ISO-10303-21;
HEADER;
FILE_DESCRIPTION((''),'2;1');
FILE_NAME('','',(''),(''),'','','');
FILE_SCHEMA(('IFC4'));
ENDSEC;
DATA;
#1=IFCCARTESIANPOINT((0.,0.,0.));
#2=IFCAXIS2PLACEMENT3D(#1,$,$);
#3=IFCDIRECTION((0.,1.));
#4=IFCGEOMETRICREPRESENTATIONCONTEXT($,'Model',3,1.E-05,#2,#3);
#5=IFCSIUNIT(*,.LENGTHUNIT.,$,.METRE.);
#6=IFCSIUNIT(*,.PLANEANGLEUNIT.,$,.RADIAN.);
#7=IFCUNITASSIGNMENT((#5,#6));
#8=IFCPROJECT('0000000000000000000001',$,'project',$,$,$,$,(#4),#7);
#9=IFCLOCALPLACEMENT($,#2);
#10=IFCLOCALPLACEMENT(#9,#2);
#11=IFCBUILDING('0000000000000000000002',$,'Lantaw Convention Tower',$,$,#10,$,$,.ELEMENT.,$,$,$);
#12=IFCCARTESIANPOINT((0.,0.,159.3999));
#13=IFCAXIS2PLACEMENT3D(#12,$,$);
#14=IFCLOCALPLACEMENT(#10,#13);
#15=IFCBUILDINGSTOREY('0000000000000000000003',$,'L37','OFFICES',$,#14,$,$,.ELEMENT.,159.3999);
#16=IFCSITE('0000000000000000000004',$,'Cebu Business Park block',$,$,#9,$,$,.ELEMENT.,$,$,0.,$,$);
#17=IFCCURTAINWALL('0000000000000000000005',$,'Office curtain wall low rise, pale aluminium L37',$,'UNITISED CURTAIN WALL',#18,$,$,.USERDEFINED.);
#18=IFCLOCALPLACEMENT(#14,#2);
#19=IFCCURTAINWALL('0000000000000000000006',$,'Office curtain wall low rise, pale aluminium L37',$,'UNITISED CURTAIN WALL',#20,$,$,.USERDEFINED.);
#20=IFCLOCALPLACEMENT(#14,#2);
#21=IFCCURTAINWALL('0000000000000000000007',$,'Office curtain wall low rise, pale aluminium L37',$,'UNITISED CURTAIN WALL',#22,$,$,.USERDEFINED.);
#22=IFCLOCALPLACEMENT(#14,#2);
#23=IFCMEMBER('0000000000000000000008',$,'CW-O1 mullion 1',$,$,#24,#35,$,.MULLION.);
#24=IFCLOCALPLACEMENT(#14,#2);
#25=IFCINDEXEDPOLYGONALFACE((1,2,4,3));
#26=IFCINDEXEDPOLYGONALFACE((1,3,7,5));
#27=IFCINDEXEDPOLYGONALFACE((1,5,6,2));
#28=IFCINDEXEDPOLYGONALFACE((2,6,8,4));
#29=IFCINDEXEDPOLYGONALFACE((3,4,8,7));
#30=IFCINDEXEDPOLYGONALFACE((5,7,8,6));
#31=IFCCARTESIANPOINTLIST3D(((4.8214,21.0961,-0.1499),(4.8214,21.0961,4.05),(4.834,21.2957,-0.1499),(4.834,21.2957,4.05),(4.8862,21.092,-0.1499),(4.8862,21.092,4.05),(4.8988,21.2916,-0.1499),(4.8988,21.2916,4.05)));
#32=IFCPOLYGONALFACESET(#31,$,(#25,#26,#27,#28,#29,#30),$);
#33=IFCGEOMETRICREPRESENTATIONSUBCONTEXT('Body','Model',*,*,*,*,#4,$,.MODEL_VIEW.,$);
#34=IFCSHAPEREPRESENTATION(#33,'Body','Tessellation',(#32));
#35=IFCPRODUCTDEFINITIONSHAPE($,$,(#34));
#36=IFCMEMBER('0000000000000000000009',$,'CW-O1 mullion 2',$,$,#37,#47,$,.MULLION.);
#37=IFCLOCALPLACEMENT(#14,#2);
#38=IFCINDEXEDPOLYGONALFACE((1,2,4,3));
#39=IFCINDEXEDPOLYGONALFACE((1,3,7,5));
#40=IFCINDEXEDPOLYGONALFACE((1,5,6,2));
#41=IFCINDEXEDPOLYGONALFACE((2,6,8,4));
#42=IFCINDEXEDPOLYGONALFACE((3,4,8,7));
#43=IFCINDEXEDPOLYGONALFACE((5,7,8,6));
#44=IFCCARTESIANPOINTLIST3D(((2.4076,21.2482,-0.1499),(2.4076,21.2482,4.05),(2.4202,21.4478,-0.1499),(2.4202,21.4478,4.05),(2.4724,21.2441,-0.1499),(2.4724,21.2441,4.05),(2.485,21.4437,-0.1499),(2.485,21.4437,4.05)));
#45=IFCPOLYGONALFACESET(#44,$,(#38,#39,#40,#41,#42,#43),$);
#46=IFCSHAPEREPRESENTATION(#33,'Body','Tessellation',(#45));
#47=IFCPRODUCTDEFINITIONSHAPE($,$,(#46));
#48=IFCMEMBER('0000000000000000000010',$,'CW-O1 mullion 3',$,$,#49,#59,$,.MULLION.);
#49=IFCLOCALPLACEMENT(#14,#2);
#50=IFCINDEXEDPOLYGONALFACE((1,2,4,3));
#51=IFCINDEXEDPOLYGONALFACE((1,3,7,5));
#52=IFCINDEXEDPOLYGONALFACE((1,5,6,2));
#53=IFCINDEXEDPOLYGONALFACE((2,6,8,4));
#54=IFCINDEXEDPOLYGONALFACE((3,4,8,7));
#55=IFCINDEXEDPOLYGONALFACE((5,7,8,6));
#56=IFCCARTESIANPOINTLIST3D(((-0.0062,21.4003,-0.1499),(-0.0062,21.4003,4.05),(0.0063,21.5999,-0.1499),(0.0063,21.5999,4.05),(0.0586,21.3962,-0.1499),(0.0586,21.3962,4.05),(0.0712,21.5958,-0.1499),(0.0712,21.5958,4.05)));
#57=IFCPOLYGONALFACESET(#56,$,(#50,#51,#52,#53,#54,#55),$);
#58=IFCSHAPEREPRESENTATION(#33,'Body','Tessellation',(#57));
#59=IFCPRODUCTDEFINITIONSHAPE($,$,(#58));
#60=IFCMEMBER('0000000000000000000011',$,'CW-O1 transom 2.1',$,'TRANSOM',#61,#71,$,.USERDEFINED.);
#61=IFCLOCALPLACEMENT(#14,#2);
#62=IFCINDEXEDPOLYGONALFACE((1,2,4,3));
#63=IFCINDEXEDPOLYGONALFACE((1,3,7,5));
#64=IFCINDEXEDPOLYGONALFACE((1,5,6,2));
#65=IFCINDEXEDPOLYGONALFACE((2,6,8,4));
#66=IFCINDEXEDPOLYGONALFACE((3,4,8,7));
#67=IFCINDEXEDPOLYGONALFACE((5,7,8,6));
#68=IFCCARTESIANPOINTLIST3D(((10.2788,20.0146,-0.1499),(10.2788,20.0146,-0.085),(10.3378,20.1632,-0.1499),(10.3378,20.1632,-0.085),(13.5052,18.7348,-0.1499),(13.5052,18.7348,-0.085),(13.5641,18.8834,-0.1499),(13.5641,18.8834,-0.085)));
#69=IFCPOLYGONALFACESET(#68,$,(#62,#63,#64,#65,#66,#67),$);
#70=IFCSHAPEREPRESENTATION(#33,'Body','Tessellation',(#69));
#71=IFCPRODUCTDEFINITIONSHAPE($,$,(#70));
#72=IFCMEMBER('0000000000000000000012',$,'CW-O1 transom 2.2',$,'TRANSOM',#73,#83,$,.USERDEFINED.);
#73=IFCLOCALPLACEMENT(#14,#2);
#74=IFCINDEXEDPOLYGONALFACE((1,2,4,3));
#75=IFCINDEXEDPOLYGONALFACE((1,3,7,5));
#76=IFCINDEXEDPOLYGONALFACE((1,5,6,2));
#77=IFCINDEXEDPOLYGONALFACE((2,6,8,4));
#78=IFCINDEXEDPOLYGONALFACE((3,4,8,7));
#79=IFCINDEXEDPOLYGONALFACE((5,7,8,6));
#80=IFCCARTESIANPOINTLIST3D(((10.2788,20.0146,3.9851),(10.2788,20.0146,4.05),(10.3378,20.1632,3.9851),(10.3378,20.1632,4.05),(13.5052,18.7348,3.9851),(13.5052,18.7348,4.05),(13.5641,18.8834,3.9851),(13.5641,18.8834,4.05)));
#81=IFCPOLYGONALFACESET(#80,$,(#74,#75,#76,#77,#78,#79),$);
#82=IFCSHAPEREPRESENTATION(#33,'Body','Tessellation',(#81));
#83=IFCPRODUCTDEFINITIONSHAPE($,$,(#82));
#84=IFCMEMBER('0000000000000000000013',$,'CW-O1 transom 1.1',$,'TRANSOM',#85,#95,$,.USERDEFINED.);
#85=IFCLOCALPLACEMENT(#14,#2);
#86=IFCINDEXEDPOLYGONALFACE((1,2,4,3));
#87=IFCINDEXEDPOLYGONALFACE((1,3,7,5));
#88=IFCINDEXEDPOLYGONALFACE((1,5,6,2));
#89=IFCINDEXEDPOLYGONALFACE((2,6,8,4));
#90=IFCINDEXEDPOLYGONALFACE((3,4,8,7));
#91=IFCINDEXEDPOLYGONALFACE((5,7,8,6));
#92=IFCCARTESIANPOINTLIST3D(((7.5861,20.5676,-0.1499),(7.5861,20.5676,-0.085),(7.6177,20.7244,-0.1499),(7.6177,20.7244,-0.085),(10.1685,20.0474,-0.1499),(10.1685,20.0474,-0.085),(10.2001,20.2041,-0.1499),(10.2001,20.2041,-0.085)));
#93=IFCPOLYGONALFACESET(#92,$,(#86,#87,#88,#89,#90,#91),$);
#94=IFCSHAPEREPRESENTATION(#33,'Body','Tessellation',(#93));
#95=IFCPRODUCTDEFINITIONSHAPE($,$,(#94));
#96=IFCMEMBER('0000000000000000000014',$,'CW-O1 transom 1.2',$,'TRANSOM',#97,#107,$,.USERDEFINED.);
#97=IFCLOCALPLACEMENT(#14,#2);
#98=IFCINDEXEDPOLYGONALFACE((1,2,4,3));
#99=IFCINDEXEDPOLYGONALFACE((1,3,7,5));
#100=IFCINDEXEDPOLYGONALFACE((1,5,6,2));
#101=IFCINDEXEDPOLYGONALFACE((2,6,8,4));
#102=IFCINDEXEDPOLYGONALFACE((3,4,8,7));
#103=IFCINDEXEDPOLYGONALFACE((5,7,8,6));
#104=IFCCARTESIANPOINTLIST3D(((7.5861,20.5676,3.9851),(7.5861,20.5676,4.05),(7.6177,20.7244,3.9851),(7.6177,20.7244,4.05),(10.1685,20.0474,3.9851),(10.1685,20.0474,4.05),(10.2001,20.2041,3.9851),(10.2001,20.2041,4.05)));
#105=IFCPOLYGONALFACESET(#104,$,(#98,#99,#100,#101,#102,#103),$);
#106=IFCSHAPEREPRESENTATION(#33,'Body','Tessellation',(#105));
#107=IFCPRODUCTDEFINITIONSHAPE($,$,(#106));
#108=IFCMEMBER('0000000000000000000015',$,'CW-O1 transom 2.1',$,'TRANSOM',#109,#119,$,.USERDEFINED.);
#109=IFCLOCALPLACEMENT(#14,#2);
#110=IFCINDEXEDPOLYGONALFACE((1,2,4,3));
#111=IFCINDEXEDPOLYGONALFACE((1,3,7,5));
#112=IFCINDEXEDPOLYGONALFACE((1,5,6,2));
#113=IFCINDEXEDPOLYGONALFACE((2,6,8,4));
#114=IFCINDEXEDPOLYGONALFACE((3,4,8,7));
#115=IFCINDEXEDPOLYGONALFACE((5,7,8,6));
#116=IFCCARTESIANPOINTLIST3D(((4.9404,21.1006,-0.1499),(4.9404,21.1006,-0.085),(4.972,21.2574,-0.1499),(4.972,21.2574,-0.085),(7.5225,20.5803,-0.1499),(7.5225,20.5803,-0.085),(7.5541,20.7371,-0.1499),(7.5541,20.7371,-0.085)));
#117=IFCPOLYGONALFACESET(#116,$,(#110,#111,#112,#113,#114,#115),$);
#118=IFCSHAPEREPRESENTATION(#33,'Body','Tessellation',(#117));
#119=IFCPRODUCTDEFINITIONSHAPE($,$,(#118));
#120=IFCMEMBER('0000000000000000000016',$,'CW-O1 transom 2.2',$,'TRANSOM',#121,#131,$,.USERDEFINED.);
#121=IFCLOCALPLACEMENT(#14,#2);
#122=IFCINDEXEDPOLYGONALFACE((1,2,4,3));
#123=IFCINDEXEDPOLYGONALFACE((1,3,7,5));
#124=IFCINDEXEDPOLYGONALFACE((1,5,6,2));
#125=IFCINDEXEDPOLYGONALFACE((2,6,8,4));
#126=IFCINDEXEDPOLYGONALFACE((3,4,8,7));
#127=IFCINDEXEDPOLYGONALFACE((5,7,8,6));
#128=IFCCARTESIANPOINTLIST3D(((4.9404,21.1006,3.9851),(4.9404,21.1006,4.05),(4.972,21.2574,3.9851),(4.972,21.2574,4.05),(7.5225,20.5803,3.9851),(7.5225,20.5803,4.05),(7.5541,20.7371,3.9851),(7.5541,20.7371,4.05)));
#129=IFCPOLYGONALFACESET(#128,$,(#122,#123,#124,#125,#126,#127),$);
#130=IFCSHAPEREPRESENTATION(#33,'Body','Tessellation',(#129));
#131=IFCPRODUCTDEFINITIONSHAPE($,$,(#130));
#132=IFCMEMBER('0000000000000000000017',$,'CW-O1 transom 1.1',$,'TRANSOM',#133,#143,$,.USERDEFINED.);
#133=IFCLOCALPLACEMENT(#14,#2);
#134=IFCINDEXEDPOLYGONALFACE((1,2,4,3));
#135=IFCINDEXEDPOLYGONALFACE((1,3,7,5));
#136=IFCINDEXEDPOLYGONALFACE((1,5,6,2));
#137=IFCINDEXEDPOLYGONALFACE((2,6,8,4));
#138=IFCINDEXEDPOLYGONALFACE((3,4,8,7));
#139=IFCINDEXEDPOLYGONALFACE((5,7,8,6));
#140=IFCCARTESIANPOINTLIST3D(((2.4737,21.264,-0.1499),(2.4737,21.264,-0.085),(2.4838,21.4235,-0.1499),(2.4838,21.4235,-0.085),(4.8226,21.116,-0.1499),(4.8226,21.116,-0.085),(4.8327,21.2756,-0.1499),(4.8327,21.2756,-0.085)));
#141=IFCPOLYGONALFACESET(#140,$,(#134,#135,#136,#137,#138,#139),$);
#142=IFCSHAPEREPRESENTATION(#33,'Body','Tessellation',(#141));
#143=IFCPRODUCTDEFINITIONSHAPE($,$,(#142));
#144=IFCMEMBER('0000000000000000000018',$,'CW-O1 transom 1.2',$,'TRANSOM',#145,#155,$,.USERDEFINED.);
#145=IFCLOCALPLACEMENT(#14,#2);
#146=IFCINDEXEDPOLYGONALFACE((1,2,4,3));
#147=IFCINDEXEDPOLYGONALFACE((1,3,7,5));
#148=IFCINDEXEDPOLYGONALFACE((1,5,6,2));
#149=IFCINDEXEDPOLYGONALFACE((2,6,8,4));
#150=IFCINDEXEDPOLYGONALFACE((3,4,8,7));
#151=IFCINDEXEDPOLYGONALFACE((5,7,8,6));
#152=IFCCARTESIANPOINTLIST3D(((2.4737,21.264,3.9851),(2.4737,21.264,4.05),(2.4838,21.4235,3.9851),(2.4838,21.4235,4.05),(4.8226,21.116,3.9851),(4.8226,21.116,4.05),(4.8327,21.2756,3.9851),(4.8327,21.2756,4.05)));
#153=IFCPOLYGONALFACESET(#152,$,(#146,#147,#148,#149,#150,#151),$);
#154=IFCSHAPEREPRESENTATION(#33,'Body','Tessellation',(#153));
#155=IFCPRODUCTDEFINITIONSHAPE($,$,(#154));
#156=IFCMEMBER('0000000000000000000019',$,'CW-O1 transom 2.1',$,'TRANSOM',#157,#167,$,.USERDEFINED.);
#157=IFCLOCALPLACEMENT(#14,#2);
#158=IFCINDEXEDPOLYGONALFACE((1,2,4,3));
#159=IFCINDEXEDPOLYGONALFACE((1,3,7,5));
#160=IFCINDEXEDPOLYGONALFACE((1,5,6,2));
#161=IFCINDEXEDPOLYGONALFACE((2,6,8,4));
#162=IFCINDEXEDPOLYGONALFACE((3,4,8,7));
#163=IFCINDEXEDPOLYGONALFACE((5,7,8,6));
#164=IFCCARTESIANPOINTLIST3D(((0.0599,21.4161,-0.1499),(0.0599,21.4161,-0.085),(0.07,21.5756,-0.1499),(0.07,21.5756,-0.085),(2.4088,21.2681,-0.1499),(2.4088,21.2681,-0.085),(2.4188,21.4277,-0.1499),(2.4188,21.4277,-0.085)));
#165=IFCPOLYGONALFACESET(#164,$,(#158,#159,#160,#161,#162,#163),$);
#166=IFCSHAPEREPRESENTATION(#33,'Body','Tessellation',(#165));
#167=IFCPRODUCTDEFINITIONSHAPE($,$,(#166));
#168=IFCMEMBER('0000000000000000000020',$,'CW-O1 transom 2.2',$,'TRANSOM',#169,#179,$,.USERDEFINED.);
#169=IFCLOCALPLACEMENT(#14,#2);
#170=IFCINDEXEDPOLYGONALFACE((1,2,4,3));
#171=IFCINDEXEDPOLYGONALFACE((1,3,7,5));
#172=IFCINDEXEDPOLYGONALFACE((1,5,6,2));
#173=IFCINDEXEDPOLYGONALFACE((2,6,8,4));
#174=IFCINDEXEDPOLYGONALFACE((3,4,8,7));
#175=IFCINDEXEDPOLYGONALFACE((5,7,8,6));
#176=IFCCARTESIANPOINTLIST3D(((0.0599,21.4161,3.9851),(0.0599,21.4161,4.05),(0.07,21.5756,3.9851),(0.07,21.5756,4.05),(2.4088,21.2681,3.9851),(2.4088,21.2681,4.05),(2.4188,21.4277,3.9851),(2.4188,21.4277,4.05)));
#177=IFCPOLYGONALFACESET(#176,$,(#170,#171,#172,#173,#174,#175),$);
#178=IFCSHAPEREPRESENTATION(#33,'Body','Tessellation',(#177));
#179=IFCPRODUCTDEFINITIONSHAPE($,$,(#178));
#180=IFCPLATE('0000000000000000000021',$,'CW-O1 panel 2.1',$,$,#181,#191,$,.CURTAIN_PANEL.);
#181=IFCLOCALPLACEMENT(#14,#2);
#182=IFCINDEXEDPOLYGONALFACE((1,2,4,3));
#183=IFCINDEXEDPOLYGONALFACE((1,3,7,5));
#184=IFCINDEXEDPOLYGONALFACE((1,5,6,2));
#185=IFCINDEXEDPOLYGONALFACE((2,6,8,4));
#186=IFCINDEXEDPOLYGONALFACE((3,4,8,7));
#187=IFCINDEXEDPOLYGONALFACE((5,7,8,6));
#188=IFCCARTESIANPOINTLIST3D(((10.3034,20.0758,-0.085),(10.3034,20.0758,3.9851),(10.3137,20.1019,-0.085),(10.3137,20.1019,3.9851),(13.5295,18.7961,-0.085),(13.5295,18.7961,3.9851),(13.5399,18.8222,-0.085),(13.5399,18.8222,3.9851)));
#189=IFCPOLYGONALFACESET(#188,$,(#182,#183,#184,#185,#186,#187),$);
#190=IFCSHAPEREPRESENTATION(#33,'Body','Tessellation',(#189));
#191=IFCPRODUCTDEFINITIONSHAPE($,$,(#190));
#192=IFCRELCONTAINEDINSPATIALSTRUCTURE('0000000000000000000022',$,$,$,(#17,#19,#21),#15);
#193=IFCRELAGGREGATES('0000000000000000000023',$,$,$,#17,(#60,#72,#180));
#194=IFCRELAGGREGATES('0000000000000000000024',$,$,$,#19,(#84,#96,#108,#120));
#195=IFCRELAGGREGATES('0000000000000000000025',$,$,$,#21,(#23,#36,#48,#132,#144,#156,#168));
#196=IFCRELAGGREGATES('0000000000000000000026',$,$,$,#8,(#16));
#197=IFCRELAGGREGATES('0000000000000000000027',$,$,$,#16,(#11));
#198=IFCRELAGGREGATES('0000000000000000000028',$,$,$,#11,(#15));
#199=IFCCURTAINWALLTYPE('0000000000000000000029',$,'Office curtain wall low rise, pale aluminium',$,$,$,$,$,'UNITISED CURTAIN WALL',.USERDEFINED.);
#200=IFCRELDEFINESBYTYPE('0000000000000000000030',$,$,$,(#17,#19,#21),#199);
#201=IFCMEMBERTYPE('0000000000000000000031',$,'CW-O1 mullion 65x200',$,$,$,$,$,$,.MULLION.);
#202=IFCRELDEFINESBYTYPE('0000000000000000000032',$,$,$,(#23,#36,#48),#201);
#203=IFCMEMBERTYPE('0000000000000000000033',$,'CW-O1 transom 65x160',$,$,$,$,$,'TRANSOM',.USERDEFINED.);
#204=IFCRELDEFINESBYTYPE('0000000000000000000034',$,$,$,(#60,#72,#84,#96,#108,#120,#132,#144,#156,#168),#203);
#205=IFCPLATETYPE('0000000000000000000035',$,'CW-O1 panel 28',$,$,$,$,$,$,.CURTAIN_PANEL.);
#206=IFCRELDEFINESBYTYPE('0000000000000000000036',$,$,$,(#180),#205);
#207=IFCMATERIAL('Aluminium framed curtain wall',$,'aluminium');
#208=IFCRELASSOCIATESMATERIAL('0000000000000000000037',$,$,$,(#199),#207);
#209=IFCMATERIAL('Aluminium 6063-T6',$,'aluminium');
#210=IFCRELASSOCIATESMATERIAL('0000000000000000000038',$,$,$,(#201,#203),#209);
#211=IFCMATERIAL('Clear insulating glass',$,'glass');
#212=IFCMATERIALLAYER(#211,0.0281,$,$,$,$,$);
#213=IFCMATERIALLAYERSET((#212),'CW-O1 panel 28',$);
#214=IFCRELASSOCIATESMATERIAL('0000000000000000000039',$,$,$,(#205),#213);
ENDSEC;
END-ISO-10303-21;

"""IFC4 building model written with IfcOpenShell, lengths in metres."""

from ifc_helpers import new_model, si_unit, direction, frame, origin, origin_2d, place, context, subcontext, project, spatial, rectangle, extrude, material, layer, layer_set, material_profile, profile_set, type_object, element, aggregate, save


model = new_model("IFC4")

# Units and contexts
model_context = context("Model", 3, precision=1e-05, world=origin(), true_north=direction((0.0, 1.0)))
body_context = subcontext(model_context, "Body", "Model", "MODEL_VIEW")
ifc_project = project(units=[si_unit("LENGTHUNIT", "METRE"), si_unit("PLANEANGLEUNIT", "RADIAN")], contexts=[model_context])

# Site, building, storey
site_placement = place(None, origin())
site = spatial("IfcSite", under=ifc_project, at=site_placement, Name="Cebu Business Park block", CompositionType="ELEMENT", RefElevation=0.0)
building_placement = place(site_placement, origin())
building = spatial("IfcBuilding", under=site, at=building_placement, Name="Lantaw Convention Tower", CompositionType="ELEMENT")
storey_placement = place(building_placement, frame((0.0, 0.0, 159.3999)))
storey = spatial("IfcBuildingStorey", under=building, at=storey_placement, Name="L37", Description="OFFICES", CompositionType="ELEMENT", Elevation=159.3999)

# Curtain wall
ifc_material_1 = material(Name="Aluminium framed curtain wall", Category="aluminium")
curtain_wall_type = type_object("IfcCurtainWallType", Name="Office curtain wall low rise, pale aluminium", ElementType="UNITISED CURTAIN WALL", PredefinedType="USERDEFINED", material=ifc_material_1)
curtain_wall_1_placement = place(storey_placement, origin())
curtain_wall_1 = element("IfcCurtainWall", 1, at=curtain_wall_1_placement, inside=storey, type_object=curtain_wall_type, Name="Office curtain wall low rise, pale aluminium L37", ObjectType="UNITISED CURTAIN WALL", PredefinedType="USERDEFINED")
ifc_material_2 = material(Name="Aluminium 6063-T6", Category="aluminium")
ifc_material_profile_1 = material_profile(ifc_material_2, rectangle(XDim=0.2, YDim=0.0649, at=origin_2d()), Name="CW-O1 mullion 65x200")
ifc_profile_set_1 = profile_set([ifc_material_profile_1], Name="Aluminium 6063-T6")
member_type_1 = type_object("IfcMemberType", Name="CW-O1 mullion 65x200", PredefinedType="MULLION", material=ifc_profile_set_1)

# Curtain walls, members
curtain_wall_2_placement = place(storey_placement, origin())
curtain_wall_2 = element("IfcCurtainWall", 2, at=curtain_wall_2_placement, inside=storey, type_object=curtain_wall_type, Name="Office curtain wall low rise, pale aluminium L37", ObjectType="UNITISED CURTAIN WALL", PredefinedType="USERDEFINED")
curtain_wall_3_placement = place(storey_placement, origin())
curtain_wall_3 = element("IfcCurtainWall", 3, at=curtain_wall_3_placement, inside=storey, type_object=curtain_wall_type, Name="Office curtain wall low rise, pale aluminium L37", ObjectType="UNITISED CURTAIN WALL", PredefinedType="USERDEFINED")
member_1_placement = place(storey_placement, frame((4.8601, 21.1938, -0.1499), z_axis=(0.0, 0.0, 1.0), x_axis=(-0.062865, -0.998022, 0.0)))
member_1 = element("IfcMember", 4, at=member_1_placement, type_object=member_type_1, Name="CW-O1 mullion 1", PredefinedType="MULLION", context=body_context, shape_type="SweptSolid", body=[
    extrude(rectangle(XDim=0.2, YDim=0.0649, at=origin_2d()), origin(), (0.0, 0.0, 1.0), 4.2),
])
member_2_placement = place(storey_placement, frame((2.4463, 21.3459, -0.1499), z_axis=(0.0, 0.0, 1.0), x_axis=(-0.062865, -0.998022, 0.0)))
member_2 = element("IfcMember", 5, at=member_2_placement, type_object=member_type_1, Name="CW-O1 mullion 2", PredefinedType="MULLION", context=body_context, shape_type="SweptSolid", body=[
    extrude(rectangle(XDim=0.2, YDim=0.0649, at=origin_2d()), origin(), (0.0, 0.0, 1.0), 4.2),
])
member_3_placement = place(storey_placement, frame((0.0325, 21.498, -0.1499), z_axis=(0.0, 0.0, 1.0), x_axis=(-0.062865, -0.998022, 0.0)))
member_3 = element("IfcMember", 6, at=member_3_placement, type_object=member_type_1, Name="CW-O1 mullion 3", PredefinedType="MULLION", context=body_context, shape_type="SweptSolid", body=[
    extrude(rectangle(XDim=0.2, YDim=0.0649, at=origin_2d()), origin(), (0.0, 0.0, 1.0), 4.2),
])

# Members
ifc_material_profile_2 = material_profile(ifc_material_2, rectangle(XDim=0.1599, YDim=0.0649, at=origin_2d()), Name="CW-O1 transom 65x160")
ifc_profile_set_2 = profile_set([ifc_material_profile_2], Name="Aluminium 6063-T6")
member_type_2 = type_object("IfcMemberType", Name="CW-O1 transom 65x160", ElementType="TRANSOM", PredefinedType="USERDEFINED", material=ifc_profile_set_2)
member_4_placement = place(storey_placement, frame((13.5347, 18.8091, -0.1174), z_axis=(-0.92954, 0.368721, 0.0), x_axis=(-0.368721, -0.92954, 0.0)))
member_4 = element("IfcMember", 7, at=member_4_placement, type_object=member_type_2, Name="CW-O1 transom 2.1", ObjectType="TRANSOM", PredefinedType="USERDEFINED", context=body_context, shape_type="SweptSolid", body=[
    extrude(rectangle(XDim=0.1599, YDim=0.0649, at=origin_2d()), origin(), (0.0, 0.0, 1.0), 3.4709),
])
member_5_placement = place(storey_placement, frame((13.5347, 18.8091, 4.0176), z_axis=(-0.92954, 0.368721, 0.0), x_axis=(-0.368721, -0.92954, 0.0)))
member_5 = element("IfcMember", 8, at=member_5_placement, type_object=member_type_2, Name="CW-O1 transom 2.2", ObjectType="TRANSOM", PredefinedType="USERDEFINED", context=body_context, shape_type="SweptSolid", body=[
    extrude(rectangle(XDim=0.1599, YDim=0.0649, at=origin_2d()), origin(), (0.0, 0.0, 1.0), 3.4709),
])
member_6_placement = place(storey_placement, frame((10.1843, 20.1257, -0.1174), z_axis=(-0.980302, 0.197506, 0.0), x_axis=(-0.197506, -0.980302, 0.0)))
member_6 = element("IfcMember", 9, at=member_6_placement, type_object=member_type_2, Name="CW-O1 transom 1.1", ObjectType="TRANSOM", PredefinedType="USERDEFINED", context=body_context, shape_type="SweptSolid", body=[
    extrude(rectangle(XDim=0.1599, YDim=0.0649, at=origin_2d()), origin(), (0.0, 0.0, 1.0), 2.6343),
])
member_7_placement = place(storey_placement, frame((10.1843, 20.1257, 4.0176), z_axis=(-0.980302, 0.197506, 0.0), x_axis=(-0.197506, -0.980302, 0.0)))
member_7 = element("IfcMember", 10, at=member_7_placement, type_object=member_type_2, Name="CW-O1 transom 1.2", ObjectType="TRANSOM", PredefinedType="USERDEFINED", context=body_context, shape_type="SweptSolid", body=[
    extrude(rectangle(XDim=0.1599, YDim=0.0649, at=origin_2d()), origin(), (0.0, 0.0, 1.0), 2.6343),
])
member_8_placement = place(storey_placement, frame((7.5383, 20.6587, -0.1174), z_axis=(-0.980298, 0.197524, 0.0), x_axis=(-0.197524, -0.980298, 0.0)))
member_8 = element("IfcMember", 11, at=member_8_placement, type_object=member_type_2, Name="CW-O1 transom 2.1", ObjectType="TRANSOM", PredefinedType="USERDEFINED", context=body_context, shape_type="SweptSolid", body=[
    extrude(rectangle(XDim=0.1599, YDim=0.0649, at=origin_2d()), origin(), (0.0, 0.0, 1.0), 2.634),
])
member_9_placement = place(storey_placement, frame((7.5383, 20.6587, 4.0176), z_axis=(-0.980298, 0.197524, 0.0), x_axis=(-0.197524, -0.980298, 0.0)))
member_9 = element("IfcMember", 12, at=member_9_placement, type_object=member_type_2, Name="CW-O1 transom 2.2", ObjectType="TRANSOM", PredefinedType="USERDEFINED", context=body_context, shape_type="SweptSolid", body=[
    extrude(rectangle(XDim=0.1599, YDim=0.0649, at=origin_2d()), origin(), (0.0, 0.0, 1.0), 2.634),
])
member_10_placement = place(storey_placement, frame((4.8276, 21.1958, -0.1174), z_axis=(-0.998022, 0.062863, 0.0), x_axis=(-0.062863, -0.998022, 0.0)))
member_10 = element("IfcMember", 13, at=member_10_placement, type_object=member_type_2, Name="CW-O1 transom 1.1", ObjectType="TRANSOM", PredefinedType="USERDEFINED", context=body_context, shape_type="SweptSolid", body=[
    extrude(rectangle(XDim=0.1599, YDim=0.0649, at=origin_2d()), origin(), (0.0, 0.0, 1.0), 2.3535),
])
member_11_placement = place(storey_placement, frame((4.8276, 21.1958, 4.0176), z_axis=(-0.998022, 0.062863, 0.0), x_axis=(-0.062863, -0.998022, 0.0)))
member_11 = element("IfcMember", 14, at=member_11_placement, type_object=member_type_2, Name="CW-O1 transom 1.2", ObjectType="TRANSOM", PredefinedType="USERDEFINED", context=body_context, shape_type="SweptSolid", body=[
    extrude(rectangle(XDim=0.1599, YDim=0.0649, at=origin_2d()), origin(), (0.0, 0.0, 1.0), 2.3535),
])
member_12_placement = place(storey_placement, frame((2.4138, 21.3479, -0.1174), z_axis=(-0.998022, 0.062863, 0.0), x_axis=(-0.062863, -0.998022, 0.0)))
member_12 = element("IfcMember", 15, at=member_12_placement, type_object=member_type_2, Name="CW-O1 transom 2.1", ObjectType="TRANSOM", PredefinedType="USERDEFINED", context=body_context, shape_type="SweptSolid", body=[
    extrude(rectangle(XDim=0.1599, YDim=0.0649, at=origin_2d()), origin(), (0.0, 0.0, 1.0), 2.3535),
])
member_13_placement = place(storey_placement, frame((2.4138, 21.3479, 4.0176), z_axis=(-0.998022, 0.062863, 0.0), x_axis=(-0.062863, -0.998022, 0.0)))
member_13 = element("IfcMember", 16, at=member_13_placement, type_object=member_type_2, Name="CW-O1 transom 2.2", ObjectType="TRANSOM", PredefinedType="USERDEFINED", context=body_context, shape_type="SweptSolid", body=[
    extrude(rectangle(XDim=0.1599, YDim=0.0649, at=origin_2d()), origin(), (0.0, 0.0, 1.0), 2.3535),
])

# Plate
ifc_material_3 = material(Name="Clear insulating glass", Category="glass")
ifc_layer_1 = layer(ifc_material_3, 0.0281)
ifc_layer_set_1 = layer_set([ifc_layer_1], Name="CW-O1 panel 28")
plate_type_1 = type_object("IfcPlateType", Name="CW-O1 panel 28", PredefinedType="CURTAIN_PANEL", material=ifc_layer_set_1)
plate_1_placement = place(storey_placement, frame((11.9216, 19.449, -0.085), z_axis=(0.0, 0.0, 1.0), x_axis=(-0.929548, 0.368702, 0.0)))
plate_1 = element("IfcPlate", 17, at=plate_1_placement, type_object=plate_type_1, Name="CW-O1 panel 2.1", PredefinedType="CURTAIN_PANEL", context=body_context, shape_type="SweptSolid", body=[
    extrude(rectangle(XDim=3.4707, YDim=0.0281, at=origin_2d()), origin(), (0.0, 0.0, 1.0), 4.0701),
])
aggregate(curtain_wall_1, [member_4, member_5, plate_1])
aggregate(curtain_wall_2, [member_6, member_7, member_8, member_9])
aggregate(curtain_wall_3, [member_1, member_2, member_3, member_10, member_11, member_12, member_13])

save(model, "model.ifc")
